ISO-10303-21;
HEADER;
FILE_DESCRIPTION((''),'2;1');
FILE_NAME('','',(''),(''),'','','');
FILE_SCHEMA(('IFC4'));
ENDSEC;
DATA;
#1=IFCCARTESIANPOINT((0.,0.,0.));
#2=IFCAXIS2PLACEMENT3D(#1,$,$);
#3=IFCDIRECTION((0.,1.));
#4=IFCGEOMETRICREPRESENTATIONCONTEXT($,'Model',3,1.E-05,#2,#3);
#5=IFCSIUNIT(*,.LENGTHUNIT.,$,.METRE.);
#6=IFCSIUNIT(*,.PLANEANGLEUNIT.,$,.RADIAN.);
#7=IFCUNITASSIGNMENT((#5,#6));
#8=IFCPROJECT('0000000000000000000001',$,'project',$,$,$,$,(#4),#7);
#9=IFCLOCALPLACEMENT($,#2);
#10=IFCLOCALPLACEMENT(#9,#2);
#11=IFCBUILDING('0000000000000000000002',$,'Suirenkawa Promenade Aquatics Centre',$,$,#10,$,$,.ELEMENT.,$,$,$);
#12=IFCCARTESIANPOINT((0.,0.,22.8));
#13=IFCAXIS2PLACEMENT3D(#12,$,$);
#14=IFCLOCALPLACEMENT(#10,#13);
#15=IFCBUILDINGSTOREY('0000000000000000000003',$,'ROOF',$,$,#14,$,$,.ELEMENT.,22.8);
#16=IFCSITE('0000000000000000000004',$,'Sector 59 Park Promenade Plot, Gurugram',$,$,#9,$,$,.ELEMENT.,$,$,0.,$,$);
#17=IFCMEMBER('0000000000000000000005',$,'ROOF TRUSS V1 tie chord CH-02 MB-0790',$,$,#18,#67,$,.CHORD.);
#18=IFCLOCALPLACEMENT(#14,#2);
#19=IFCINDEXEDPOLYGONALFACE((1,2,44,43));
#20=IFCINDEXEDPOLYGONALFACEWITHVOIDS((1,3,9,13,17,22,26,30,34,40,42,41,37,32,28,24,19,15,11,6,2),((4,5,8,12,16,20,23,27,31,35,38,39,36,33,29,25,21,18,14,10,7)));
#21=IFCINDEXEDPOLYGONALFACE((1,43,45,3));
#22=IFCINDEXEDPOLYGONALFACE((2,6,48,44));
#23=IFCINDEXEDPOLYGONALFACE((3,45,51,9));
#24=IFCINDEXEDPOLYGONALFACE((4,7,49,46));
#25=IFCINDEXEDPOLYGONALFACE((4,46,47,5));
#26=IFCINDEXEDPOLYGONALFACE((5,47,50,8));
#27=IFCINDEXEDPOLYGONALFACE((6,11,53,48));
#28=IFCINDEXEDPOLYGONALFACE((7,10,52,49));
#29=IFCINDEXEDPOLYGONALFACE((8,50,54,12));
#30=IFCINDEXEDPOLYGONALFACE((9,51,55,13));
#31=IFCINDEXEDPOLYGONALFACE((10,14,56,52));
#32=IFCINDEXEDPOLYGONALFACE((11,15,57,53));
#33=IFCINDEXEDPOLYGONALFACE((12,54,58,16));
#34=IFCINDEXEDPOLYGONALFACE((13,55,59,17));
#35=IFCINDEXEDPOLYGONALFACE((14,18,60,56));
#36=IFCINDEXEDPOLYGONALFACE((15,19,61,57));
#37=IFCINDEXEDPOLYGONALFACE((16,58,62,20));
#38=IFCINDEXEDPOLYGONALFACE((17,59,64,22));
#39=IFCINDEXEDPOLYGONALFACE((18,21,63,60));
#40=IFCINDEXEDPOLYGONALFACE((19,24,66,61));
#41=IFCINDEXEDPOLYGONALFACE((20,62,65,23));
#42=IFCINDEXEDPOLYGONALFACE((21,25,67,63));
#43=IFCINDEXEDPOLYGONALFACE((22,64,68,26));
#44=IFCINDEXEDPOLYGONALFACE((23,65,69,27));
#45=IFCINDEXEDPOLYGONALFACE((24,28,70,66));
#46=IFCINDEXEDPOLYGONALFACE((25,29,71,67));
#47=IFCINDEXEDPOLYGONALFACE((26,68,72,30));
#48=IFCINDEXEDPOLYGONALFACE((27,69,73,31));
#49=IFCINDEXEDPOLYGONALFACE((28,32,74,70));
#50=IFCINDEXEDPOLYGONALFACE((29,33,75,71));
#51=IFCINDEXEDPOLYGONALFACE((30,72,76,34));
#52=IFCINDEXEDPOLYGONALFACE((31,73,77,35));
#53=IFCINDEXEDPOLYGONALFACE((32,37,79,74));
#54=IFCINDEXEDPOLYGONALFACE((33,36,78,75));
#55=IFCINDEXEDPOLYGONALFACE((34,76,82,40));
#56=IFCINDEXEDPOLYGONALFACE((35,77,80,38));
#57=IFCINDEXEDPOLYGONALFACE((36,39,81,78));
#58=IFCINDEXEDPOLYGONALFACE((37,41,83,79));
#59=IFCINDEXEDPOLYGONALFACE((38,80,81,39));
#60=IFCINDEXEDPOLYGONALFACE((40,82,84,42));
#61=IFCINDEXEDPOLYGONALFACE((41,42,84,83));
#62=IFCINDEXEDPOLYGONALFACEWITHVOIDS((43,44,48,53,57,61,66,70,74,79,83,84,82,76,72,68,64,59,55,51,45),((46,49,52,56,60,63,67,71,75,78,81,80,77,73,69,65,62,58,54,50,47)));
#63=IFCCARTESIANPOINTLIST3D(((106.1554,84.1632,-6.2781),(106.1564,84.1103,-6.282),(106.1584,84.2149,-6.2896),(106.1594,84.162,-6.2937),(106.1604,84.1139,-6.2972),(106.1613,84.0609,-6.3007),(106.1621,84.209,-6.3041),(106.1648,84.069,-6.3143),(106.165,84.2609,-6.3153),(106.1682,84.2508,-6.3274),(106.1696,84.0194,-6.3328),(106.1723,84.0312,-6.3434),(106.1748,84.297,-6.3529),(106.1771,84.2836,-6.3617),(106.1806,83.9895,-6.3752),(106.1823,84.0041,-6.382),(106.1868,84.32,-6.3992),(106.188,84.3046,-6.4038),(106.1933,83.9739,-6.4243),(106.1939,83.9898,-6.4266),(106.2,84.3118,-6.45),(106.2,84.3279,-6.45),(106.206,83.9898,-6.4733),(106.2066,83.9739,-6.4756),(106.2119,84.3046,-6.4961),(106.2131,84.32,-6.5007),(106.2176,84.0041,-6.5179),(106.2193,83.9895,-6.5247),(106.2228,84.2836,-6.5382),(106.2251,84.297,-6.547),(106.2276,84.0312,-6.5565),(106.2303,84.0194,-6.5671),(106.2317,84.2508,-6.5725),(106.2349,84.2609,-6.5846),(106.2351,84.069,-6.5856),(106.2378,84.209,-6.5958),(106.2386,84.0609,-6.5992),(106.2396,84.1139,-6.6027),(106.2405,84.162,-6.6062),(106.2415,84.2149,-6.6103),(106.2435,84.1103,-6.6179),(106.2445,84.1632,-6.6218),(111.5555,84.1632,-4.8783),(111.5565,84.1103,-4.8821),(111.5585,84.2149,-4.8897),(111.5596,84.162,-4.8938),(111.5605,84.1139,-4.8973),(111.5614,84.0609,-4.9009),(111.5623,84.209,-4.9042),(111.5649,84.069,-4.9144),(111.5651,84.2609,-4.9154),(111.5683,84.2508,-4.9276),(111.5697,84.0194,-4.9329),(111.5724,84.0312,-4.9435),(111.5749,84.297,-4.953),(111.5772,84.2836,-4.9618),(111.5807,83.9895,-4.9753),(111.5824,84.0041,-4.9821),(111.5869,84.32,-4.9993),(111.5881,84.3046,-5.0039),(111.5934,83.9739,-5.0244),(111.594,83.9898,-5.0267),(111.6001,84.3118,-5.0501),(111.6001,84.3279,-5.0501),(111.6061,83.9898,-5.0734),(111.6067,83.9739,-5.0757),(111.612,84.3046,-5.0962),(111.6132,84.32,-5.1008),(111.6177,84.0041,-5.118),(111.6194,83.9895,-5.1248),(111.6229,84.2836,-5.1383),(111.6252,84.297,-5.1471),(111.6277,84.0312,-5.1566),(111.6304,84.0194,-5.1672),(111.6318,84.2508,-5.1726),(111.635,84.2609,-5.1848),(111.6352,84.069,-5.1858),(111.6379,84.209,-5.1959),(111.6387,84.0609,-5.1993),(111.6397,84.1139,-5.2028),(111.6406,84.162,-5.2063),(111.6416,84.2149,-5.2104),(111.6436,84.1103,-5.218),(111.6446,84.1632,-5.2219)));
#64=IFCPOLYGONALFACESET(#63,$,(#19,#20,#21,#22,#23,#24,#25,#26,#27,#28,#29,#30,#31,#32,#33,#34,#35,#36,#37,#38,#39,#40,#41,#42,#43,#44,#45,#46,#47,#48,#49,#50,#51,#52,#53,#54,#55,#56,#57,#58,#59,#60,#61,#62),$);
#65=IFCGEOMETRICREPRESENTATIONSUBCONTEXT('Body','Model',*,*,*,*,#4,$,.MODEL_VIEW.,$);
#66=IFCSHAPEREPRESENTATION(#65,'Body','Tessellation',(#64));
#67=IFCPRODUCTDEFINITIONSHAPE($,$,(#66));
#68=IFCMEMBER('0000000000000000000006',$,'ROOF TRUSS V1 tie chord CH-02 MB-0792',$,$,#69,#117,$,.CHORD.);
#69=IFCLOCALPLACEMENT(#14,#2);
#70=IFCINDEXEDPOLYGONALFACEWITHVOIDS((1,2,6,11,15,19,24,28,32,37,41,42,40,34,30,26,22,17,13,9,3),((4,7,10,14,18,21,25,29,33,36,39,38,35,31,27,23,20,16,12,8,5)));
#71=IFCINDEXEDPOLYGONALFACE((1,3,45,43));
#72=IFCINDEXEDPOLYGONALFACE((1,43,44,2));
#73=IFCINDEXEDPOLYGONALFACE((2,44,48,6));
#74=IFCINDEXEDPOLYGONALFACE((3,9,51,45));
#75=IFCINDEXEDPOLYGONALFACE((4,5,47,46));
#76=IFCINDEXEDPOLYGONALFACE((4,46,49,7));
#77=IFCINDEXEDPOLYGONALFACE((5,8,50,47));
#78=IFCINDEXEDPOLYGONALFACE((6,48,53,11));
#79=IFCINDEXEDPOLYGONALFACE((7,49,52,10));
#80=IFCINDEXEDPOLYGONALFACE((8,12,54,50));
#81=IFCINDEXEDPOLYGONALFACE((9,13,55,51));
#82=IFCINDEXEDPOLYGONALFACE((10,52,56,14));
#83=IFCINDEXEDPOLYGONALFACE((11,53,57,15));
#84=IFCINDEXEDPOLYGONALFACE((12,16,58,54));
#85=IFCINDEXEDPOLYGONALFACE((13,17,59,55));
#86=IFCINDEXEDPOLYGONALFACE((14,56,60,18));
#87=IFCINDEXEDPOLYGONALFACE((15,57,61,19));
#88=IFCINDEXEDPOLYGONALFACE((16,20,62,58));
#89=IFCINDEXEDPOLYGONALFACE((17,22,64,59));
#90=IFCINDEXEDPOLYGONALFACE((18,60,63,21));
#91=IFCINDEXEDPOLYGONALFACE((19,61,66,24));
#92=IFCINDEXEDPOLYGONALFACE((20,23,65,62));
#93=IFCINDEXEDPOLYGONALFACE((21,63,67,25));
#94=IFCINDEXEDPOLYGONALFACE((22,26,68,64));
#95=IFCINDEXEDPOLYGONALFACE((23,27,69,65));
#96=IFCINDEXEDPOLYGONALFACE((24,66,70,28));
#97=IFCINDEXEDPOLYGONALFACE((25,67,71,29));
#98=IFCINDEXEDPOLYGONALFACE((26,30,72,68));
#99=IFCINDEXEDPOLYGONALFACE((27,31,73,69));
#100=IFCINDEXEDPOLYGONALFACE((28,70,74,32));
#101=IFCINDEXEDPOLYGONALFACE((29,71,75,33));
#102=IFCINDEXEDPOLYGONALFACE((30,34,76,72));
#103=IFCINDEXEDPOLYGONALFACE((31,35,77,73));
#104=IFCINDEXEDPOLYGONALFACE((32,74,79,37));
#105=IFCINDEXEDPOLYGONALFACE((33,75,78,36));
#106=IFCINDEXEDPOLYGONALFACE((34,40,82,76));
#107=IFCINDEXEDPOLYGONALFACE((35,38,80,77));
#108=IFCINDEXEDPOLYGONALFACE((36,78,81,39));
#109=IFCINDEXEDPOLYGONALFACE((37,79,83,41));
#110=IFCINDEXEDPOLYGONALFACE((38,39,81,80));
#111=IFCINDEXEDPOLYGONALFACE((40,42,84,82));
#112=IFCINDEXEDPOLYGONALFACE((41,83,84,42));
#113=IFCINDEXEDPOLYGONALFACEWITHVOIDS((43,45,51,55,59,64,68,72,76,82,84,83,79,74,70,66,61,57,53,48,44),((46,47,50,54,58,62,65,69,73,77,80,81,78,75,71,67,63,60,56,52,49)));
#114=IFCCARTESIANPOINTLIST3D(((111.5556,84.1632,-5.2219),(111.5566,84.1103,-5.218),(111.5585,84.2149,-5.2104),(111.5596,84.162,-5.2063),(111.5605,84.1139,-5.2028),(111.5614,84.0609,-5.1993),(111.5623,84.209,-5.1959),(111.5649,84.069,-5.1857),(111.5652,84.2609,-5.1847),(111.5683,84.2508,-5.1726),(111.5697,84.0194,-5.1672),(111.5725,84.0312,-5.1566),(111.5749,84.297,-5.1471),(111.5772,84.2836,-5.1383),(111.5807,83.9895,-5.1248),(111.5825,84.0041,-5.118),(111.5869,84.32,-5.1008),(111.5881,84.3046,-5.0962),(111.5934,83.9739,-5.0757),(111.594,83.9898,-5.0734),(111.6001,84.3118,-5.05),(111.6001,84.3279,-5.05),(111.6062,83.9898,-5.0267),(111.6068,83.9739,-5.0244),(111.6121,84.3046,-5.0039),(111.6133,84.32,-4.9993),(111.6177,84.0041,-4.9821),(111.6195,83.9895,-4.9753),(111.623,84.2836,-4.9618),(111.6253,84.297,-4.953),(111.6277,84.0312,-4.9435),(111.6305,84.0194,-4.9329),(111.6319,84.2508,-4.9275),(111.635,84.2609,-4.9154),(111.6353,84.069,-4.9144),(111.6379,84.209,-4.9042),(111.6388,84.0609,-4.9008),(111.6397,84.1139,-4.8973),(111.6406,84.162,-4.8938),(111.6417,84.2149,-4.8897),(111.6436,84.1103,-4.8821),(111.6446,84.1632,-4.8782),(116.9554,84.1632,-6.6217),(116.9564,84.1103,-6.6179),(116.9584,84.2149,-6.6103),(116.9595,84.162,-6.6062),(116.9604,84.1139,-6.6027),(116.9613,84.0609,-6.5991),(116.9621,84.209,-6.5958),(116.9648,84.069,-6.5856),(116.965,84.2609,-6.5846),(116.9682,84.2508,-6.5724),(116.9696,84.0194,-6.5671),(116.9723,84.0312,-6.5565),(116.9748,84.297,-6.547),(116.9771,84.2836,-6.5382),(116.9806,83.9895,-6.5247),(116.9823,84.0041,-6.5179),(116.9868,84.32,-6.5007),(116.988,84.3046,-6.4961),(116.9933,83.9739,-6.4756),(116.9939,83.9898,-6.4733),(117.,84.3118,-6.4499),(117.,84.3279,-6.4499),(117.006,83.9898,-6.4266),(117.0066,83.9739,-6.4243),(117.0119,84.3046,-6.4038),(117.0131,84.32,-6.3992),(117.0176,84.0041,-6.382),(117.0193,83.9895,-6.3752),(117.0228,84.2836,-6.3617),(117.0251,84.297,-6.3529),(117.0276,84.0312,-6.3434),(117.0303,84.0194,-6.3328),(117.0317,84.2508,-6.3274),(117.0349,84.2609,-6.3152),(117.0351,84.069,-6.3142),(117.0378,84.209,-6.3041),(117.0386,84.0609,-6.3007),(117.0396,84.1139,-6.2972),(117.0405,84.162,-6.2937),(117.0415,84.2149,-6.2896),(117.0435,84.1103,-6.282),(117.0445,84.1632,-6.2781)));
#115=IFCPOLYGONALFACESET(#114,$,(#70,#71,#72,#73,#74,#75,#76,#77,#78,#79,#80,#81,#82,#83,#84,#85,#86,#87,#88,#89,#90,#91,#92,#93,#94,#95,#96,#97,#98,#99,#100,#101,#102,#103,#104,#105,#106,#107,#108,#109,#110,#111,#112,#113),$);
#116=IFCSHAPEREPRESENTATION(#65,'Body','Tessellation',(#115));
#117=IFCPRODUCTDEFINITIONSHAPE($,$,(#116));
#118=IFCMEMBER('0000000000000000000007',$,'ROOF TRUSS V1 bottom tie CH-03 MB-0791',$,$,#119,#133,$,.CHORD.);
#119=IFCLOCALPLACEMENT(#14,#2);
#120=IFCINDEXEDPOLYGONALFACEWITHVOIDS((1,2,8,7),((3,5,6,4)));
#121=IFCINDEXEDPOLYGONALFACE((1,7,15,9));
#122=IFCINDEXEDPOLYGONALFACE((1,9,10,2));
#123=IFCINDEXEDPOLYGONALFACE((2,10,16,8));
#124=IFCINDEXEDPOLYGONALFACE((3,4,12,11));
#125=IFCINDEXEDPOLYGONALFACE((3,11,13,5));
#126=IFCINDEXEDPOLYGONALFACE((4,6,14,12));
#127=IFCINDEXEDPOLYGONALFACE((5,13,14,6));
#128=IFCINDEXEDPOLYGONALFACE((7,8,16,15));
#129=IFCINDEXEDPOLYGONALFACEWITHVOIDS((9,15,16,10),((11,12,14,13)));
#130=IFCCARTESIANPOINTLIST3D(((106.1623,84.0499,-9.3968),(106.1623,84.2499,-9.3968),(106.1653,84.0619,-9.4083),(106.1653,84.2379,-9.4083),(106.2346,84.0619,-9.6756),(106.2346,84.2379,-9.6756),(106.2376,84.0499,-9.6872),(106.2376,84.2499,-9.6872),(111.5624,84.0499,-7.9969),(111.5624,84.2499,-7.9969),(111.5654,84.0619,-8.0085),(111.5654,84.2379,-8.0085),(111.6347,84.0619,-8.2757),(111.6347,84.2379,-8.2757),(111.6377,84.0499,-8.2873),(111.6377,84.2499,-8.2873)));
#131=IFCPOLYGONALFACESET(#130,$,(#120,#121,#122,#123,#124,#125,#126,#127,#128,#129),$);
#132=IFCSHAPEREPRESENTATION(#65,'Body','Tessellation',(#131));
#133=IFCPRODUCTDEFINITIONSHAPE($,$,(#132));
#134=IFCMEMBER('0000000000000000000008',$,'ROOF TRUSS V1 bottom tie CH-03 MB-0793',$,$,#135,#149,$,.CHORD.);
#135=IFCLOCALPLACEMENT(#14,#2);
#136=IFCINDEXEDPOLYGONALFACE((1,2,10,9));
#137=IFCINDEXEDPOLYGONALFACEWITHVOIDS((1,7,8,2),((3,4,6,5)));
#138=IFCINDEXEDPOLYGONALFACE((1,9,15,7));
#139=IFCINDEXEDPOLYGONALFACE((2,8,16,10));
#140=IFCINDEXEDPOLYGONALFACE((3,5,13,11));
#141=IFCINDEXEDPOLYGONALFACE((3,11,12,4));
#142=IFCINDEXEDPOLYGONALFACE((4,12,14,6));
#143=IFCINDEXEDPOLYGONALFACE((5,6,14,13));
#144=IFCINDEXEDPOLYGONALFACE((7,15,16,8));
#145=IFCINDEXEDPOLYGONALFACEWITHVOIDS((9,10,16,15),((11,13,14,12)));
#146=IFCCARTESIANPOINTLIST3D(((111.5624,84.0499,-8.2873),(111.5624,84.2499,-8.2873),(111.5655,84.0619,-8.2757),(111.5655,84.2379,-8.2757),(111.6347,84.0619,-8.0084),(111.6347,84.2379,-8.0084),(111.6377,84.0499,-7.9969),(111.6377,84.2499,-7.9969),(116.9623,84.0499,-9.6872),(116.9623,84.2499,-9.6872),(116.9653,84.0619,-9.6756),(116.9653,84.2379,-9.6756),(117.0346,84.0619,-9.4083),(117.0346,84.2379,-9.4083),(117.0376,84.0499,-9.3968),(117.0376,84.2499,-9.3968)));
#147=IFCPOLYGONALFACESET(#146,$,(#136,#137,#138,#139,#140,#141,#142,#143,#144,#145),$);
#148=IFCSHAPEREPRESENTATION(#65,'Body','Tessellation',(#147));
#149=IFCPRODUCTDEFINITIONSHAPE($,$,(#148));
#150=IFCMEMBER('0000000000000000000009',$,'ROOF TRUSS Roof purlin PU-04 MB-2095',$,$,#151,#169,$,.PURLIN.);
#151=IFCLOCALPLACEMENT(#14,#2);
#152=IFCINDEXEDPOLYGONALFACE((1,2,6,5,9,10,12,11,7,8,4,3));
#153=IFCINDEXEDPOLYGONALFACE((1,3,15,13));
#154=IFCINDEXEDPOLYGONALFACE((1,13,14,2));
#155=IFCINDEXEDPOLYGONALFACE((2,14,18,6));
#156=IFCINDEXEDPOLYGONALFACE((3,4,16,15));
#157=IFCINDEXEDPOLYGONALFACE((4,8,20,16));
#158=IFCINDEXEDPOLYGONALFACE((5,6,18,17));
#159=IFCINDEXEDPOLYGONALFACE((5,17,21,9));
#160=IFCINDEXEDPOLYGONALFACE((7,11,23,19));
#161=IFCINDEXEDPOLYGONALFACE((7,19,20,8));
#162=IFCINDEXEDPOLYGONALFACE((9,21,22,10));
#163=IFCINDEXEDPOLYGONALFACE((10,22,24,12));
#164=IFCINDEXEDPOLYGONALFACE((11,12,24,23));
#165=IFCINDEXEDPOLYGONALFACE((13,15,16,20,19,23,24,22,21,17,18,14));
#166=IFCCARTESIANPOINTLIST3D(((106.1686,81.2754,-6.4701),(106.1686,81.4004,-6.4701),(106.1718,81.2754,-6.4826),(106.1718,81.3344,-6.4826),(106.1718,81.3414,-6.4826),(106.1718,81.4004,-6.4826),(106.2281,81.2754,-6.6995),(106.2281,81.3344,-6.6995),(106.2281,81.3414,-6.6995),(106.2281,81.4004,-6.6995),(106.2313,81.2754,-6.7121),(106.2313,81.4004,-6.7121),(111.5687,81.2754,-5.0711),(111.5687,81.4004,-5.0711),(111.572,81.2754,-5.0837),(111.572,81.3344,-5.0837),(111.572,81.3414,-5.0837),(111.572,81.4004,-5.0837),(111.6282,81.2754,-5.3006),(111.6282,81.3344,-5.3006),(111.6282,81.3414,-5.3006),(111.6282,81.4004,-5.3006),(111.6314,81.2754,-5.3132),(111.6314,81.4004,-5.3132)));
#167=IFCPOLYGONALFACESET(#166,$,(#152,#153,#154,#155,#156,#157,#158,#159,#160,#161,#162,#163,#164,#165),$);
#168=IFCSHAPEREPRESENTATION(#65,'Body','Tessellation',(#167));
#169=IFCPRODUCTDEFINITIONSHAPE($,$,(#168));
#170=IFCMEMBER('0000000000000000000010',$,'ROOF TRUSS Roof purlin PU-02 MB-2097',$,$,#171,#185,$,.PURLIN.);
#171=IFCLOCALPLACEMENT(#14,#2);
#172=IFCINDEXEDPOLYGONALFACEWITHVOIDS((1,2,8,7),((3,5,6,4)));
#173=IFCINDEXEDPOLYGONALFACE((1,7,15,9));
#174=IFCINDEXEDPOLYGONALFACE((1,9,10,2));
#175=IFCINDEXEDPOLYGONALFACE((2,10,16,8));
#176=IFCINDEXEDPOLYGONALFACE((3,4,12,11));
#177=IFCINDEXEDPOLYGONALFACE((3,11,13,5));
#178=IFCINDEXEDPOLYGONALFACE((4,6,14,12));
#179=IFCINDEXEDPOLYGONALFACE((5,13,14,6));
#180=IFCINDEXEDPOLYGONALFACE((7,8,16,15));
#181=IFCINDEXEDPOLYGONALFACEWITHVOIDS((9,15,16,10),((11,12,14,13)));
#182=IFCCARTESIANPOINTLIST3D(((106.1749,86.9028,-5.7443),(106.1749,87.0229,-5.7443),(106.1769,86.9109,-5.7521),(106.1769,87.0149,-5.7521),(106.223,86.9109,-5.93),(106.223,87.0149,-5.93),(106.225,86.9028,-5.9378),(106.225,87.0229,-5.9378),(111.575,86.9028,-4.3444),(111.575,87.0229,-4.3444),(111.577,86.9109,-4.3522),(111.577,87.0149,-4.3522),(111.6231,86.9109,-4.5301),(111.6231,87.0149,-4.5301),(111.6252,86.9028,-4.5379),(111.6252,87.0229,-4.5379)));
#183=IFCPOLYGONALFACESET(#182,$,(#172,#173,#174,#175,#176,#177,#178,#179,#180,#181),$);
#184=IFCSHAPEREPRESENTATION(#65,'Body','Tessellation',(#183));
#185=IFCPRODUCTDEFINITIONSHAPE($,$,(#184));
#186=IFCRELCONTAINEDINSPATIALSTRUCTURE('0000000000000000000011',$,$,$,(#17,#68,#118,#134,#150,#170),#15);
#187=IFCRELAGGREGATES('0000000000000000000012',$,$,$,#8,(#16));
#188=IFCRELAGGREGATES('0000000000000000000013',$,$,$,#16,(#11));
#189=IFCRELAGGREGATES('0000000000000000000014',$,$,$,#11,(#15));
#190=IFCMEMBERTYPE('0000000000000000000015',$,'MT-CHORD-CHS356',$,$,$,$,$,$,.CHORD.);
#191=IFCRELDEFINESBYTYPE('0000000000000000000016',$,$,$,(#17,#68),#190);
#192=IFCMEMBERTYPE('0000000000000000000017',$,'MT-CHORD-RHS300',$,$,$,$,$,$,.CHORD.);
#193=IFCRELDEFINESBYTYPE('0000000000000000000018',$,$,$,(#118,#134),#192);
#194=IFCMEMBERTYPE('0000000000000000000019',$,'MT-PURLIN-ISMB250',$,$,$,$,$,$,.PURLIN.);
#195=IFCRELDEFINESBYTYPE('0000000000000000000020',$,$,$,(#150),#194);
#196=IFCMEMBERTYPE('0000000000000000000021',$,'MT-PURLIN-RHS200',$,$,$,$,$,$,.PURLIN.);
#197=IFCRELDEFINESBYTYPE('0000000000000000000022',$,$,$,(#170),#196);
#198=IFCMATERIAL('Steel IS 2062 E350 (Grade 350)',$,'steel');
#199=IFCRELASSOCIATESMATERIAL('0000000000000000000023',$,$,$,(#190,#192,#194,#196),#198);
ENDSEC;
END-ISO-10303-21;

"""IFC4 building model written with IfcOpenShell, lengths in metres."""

from ifc_helpers import new_model, si_unit, direction, frame, origin, origin_2d, place, context, subcontext, project, spatial, hollow_rectangle, hollow_circle, i_section, extrude, material, material_profile, profile_set, type_object, element, save


model = new_model("IFC4")

# Units and contexts
model_context = context("Model", 3, precision=1e-05, world=origin(), true_north=direction((0.0, 1.0)))
body_context = subcontext(model_context, "Body", "Model", "MODEL_VIEW")
ifc_project = project(units=[si_unit("LENGTHUNIT", "METRE"), si_unit("PLANEANGLEUNIT", "RADIAN")], contexts=[model_context])

# Site, building, storey
site_placement = place(None, origin())
site = spatial("IfcSite", under=ifc_project, at=site_placement, Name="Sector 59 Park Promenade Plot, Gurugram", CompositionType="ELEMENT", RefElevation=0.0)
building_placement = place(site_placement, origin())
building = spatial("IfcBuilding", under=site, at=building_placement, Name="Suirenkawa Promenade Aquatics Centre", CompositionType="ELEMENT")
storey_placement = place(building_placement, frame((0.0, 0.0, 22.8)))
storey = spatial("IfcBuildingStorey", under=building, at=storey_placement, Name="ROOF", CompositionType="ELEMENT", Elevation=22.8)

# Shared definitions
ifc_material = material(Name="Steel IS 2062 E350 (Grade 350)", Category="steel")

# Members
ifc_material_profile_1 = material_profile(ifc_material, hollow_circle(Radius=0.178, WallThickness=0.0161, at=origin_2d()), Name="CHS 356x16", Category="steel")
ifc_profile_set_1 = profile_set([ifc_material_profile_1], Name="Steel IS 2062 E350 (Grade 350)")
member_type_1 = type_object("IfcMemberType", Name="MT-CHORD-CHS356", PredefinedType="CHORD", material=ifc_profile_set_1)
member_1_placement = place(storey_placement, frame((106.2, 84.1499, -6.45), z_axis=(0.968003, 0.0, 0.250939), x_axis=(0.0, 1.0, 0.0)))
element("IfcMember", 1, at=member_1_placement, inside=storey, type_object=member_type_1, Name="ROOF TRUSS V1 tie chord CH-02 MB-0790", PredefinedType="CHORD", context=body_context, shape_type="SweptSolid", body=[
    extrude(hollow_circle(Radius=0.178, WallThickness=0.0161, at=origin_2d()), origin(), (0.0, 0.0, 1.0), 5.5786),
])
member_2_placement = place(storey_placement, frame((111.6001, 84.1499, -5.05), z_axis=(0.968, 0.0, -0.25095), x_axis=(0.0, 1.0, 0.0)))
element("IfcMember", 2, at=member_2_placement, inside=storey, type_object=member_type_1, Name="ROOF TRUSS V1 tie chord CH-02 MB-0792", PredefinedType="CHORD", context=body_context, shape_type="SweptSolid", body=[
    extrude(hollow_circle(Radius=0.178, WallThickness=0.0161, at=origin_2d()), origin(), (0.0, 0.0, 1.0), 5.5784),
])
ifc_material_profile_2 = material_profile(ifc_material, hollow_rectangle(XDim=0.2, YDim=0.3, WallThickness=0.012, at=origin_2d()), Name="RHS 300x200x12", Category="steel")
ifc_profile_set_2 = profile_set([ifc_material_profile_2], Name="Steel IS 2062 E350 (Grade 350)")
member_type_2 = type_object("IfcMemberType", Name="MT-CHORD-RHS300", PredefinedType="CHORD", material=ifc_profile_set_2)
member_3_placement = place(storey_placement, frame((106.2, 84.1499, -9.542), z_axis=(0.968003, 0.0, 0.250939), x_axis=(0.0, 1.0, 0.0)))
element("IfcMember", 3, at=member_3_placement, inside=storey, type_object=member_type_2, Name="ROOF TRUSS V1 bottom tie CH-03 MB-0791", PredefinedType="CHORD", context=body_context, shape_type="SweptSolid", body=[
    extrude(hollow_rectangle(XDim=0.2, YDim=0.3, WallThickness=0.012, at=origin_2d()), origin(), (0.0, 0.0, 1.0), 5.5786),
])
member_4_placement = place(storey_placement, frame((111.6001, 84.1499, -8.1421), z_axis=(0.968, 0.0, -0.25095), x_axis=(0.0, 1.0, 0.0)))
element("IfcMember", 4, at=member_4_placement, inside=storey, type_object=member_type_2, Name="ROOF TRUSS V1 bottom tie CH-03 MB-0793", PredefinedType="CHORD", context=body_context, shape_type="SweptSolid", body=[
    extrude(hollow_rectangle(XDim=0.2, YDim=0.3, WallThickness=0.012, at=origin_2d()), origin(), (0.0, 0.0, 1.0), 5.5784),
])
ifc_material_profile_3 = material_profile(ifc_material, i_section(OverallWidth=0.125, OverallDepth=0.25, WebThickness=0.0071, FlangeThickness=0.0129, at=origin_2d()), Name="ISMB 250", Category="steel")
ifc_profile_set_3 = profile_set([ifc_material_profile_3], Name="Steel IS 2062 E350 (Grade 350)")
member_type_3 = type_object("IfcMemberType", Name="MT-PURLIN-ISMB250", PredefinedType="PURLIN", material=ifc_profile_set_3)
member_5_placement = place(storey_placement, frame((106.2, 81.3379, -6.5911), z_axis=(0.968045, 0.0, 0.250775), x_axis=(0.0, 1.0, 0.0)))
element("IfcMember", 5, at=member_5_placement, inside=storey, type_object=member_type_3, Name="ROOF TRUSS Roof purlin PU-04 MB-2095", PredefinedType="PURLIN", context=body_context, shape_type="SweptSolid", body=[
    extrude(i_section(OverallWidth=0.125, OverallDepth=0.25, WebThickness=0.0071, FlangeThickness=0.0129, at=origin_2d()), origin(), (0.0, 0.0, 1.0), 5.5784),
])
ifc_material_profile_4 = material_profile(ifc_material, hollow_rectangle(XDim=0.1201, YDim=0.2, WallThickness=0.0081, at=origin_2d()), Name="RHS 200x120x8", Category="steel")
ifc_profile_set_4 = profile_set([ifc_material_profile_4], Name="Steel IS 2062 E350 (Grade 350)")
member_type_4 = type_object("IfcMemberType", Name="MT-PURLIN-RHS200", PredefinedType="PURLIN", material=ifc_profile_set_4)
member_6_placement = place(storey_placement, frame((106.2, 86.9629, -5.8411), z_axis=(0.968003, 0.0, 0.250939), x_axis=(0.0, 1.0, 0.0)))
element("IfcMember", 6, at=member_6_placement, inside=storey, type_object=member_type_4, Name="ROOF TRUSS Roof purlin PU-02 MB-2097", PredefinedType="PURLIN", context=body_context, shape_type="SweptSolid", body=[
    extrude(hollow_rectangle(XDim=0.1201, YDim=0.2, WallThickness=0.0081, at=origin_2d()), origin(), (0.0, 0.0, 1.0), 5.5786),
])

save(model, "model.ifc")
